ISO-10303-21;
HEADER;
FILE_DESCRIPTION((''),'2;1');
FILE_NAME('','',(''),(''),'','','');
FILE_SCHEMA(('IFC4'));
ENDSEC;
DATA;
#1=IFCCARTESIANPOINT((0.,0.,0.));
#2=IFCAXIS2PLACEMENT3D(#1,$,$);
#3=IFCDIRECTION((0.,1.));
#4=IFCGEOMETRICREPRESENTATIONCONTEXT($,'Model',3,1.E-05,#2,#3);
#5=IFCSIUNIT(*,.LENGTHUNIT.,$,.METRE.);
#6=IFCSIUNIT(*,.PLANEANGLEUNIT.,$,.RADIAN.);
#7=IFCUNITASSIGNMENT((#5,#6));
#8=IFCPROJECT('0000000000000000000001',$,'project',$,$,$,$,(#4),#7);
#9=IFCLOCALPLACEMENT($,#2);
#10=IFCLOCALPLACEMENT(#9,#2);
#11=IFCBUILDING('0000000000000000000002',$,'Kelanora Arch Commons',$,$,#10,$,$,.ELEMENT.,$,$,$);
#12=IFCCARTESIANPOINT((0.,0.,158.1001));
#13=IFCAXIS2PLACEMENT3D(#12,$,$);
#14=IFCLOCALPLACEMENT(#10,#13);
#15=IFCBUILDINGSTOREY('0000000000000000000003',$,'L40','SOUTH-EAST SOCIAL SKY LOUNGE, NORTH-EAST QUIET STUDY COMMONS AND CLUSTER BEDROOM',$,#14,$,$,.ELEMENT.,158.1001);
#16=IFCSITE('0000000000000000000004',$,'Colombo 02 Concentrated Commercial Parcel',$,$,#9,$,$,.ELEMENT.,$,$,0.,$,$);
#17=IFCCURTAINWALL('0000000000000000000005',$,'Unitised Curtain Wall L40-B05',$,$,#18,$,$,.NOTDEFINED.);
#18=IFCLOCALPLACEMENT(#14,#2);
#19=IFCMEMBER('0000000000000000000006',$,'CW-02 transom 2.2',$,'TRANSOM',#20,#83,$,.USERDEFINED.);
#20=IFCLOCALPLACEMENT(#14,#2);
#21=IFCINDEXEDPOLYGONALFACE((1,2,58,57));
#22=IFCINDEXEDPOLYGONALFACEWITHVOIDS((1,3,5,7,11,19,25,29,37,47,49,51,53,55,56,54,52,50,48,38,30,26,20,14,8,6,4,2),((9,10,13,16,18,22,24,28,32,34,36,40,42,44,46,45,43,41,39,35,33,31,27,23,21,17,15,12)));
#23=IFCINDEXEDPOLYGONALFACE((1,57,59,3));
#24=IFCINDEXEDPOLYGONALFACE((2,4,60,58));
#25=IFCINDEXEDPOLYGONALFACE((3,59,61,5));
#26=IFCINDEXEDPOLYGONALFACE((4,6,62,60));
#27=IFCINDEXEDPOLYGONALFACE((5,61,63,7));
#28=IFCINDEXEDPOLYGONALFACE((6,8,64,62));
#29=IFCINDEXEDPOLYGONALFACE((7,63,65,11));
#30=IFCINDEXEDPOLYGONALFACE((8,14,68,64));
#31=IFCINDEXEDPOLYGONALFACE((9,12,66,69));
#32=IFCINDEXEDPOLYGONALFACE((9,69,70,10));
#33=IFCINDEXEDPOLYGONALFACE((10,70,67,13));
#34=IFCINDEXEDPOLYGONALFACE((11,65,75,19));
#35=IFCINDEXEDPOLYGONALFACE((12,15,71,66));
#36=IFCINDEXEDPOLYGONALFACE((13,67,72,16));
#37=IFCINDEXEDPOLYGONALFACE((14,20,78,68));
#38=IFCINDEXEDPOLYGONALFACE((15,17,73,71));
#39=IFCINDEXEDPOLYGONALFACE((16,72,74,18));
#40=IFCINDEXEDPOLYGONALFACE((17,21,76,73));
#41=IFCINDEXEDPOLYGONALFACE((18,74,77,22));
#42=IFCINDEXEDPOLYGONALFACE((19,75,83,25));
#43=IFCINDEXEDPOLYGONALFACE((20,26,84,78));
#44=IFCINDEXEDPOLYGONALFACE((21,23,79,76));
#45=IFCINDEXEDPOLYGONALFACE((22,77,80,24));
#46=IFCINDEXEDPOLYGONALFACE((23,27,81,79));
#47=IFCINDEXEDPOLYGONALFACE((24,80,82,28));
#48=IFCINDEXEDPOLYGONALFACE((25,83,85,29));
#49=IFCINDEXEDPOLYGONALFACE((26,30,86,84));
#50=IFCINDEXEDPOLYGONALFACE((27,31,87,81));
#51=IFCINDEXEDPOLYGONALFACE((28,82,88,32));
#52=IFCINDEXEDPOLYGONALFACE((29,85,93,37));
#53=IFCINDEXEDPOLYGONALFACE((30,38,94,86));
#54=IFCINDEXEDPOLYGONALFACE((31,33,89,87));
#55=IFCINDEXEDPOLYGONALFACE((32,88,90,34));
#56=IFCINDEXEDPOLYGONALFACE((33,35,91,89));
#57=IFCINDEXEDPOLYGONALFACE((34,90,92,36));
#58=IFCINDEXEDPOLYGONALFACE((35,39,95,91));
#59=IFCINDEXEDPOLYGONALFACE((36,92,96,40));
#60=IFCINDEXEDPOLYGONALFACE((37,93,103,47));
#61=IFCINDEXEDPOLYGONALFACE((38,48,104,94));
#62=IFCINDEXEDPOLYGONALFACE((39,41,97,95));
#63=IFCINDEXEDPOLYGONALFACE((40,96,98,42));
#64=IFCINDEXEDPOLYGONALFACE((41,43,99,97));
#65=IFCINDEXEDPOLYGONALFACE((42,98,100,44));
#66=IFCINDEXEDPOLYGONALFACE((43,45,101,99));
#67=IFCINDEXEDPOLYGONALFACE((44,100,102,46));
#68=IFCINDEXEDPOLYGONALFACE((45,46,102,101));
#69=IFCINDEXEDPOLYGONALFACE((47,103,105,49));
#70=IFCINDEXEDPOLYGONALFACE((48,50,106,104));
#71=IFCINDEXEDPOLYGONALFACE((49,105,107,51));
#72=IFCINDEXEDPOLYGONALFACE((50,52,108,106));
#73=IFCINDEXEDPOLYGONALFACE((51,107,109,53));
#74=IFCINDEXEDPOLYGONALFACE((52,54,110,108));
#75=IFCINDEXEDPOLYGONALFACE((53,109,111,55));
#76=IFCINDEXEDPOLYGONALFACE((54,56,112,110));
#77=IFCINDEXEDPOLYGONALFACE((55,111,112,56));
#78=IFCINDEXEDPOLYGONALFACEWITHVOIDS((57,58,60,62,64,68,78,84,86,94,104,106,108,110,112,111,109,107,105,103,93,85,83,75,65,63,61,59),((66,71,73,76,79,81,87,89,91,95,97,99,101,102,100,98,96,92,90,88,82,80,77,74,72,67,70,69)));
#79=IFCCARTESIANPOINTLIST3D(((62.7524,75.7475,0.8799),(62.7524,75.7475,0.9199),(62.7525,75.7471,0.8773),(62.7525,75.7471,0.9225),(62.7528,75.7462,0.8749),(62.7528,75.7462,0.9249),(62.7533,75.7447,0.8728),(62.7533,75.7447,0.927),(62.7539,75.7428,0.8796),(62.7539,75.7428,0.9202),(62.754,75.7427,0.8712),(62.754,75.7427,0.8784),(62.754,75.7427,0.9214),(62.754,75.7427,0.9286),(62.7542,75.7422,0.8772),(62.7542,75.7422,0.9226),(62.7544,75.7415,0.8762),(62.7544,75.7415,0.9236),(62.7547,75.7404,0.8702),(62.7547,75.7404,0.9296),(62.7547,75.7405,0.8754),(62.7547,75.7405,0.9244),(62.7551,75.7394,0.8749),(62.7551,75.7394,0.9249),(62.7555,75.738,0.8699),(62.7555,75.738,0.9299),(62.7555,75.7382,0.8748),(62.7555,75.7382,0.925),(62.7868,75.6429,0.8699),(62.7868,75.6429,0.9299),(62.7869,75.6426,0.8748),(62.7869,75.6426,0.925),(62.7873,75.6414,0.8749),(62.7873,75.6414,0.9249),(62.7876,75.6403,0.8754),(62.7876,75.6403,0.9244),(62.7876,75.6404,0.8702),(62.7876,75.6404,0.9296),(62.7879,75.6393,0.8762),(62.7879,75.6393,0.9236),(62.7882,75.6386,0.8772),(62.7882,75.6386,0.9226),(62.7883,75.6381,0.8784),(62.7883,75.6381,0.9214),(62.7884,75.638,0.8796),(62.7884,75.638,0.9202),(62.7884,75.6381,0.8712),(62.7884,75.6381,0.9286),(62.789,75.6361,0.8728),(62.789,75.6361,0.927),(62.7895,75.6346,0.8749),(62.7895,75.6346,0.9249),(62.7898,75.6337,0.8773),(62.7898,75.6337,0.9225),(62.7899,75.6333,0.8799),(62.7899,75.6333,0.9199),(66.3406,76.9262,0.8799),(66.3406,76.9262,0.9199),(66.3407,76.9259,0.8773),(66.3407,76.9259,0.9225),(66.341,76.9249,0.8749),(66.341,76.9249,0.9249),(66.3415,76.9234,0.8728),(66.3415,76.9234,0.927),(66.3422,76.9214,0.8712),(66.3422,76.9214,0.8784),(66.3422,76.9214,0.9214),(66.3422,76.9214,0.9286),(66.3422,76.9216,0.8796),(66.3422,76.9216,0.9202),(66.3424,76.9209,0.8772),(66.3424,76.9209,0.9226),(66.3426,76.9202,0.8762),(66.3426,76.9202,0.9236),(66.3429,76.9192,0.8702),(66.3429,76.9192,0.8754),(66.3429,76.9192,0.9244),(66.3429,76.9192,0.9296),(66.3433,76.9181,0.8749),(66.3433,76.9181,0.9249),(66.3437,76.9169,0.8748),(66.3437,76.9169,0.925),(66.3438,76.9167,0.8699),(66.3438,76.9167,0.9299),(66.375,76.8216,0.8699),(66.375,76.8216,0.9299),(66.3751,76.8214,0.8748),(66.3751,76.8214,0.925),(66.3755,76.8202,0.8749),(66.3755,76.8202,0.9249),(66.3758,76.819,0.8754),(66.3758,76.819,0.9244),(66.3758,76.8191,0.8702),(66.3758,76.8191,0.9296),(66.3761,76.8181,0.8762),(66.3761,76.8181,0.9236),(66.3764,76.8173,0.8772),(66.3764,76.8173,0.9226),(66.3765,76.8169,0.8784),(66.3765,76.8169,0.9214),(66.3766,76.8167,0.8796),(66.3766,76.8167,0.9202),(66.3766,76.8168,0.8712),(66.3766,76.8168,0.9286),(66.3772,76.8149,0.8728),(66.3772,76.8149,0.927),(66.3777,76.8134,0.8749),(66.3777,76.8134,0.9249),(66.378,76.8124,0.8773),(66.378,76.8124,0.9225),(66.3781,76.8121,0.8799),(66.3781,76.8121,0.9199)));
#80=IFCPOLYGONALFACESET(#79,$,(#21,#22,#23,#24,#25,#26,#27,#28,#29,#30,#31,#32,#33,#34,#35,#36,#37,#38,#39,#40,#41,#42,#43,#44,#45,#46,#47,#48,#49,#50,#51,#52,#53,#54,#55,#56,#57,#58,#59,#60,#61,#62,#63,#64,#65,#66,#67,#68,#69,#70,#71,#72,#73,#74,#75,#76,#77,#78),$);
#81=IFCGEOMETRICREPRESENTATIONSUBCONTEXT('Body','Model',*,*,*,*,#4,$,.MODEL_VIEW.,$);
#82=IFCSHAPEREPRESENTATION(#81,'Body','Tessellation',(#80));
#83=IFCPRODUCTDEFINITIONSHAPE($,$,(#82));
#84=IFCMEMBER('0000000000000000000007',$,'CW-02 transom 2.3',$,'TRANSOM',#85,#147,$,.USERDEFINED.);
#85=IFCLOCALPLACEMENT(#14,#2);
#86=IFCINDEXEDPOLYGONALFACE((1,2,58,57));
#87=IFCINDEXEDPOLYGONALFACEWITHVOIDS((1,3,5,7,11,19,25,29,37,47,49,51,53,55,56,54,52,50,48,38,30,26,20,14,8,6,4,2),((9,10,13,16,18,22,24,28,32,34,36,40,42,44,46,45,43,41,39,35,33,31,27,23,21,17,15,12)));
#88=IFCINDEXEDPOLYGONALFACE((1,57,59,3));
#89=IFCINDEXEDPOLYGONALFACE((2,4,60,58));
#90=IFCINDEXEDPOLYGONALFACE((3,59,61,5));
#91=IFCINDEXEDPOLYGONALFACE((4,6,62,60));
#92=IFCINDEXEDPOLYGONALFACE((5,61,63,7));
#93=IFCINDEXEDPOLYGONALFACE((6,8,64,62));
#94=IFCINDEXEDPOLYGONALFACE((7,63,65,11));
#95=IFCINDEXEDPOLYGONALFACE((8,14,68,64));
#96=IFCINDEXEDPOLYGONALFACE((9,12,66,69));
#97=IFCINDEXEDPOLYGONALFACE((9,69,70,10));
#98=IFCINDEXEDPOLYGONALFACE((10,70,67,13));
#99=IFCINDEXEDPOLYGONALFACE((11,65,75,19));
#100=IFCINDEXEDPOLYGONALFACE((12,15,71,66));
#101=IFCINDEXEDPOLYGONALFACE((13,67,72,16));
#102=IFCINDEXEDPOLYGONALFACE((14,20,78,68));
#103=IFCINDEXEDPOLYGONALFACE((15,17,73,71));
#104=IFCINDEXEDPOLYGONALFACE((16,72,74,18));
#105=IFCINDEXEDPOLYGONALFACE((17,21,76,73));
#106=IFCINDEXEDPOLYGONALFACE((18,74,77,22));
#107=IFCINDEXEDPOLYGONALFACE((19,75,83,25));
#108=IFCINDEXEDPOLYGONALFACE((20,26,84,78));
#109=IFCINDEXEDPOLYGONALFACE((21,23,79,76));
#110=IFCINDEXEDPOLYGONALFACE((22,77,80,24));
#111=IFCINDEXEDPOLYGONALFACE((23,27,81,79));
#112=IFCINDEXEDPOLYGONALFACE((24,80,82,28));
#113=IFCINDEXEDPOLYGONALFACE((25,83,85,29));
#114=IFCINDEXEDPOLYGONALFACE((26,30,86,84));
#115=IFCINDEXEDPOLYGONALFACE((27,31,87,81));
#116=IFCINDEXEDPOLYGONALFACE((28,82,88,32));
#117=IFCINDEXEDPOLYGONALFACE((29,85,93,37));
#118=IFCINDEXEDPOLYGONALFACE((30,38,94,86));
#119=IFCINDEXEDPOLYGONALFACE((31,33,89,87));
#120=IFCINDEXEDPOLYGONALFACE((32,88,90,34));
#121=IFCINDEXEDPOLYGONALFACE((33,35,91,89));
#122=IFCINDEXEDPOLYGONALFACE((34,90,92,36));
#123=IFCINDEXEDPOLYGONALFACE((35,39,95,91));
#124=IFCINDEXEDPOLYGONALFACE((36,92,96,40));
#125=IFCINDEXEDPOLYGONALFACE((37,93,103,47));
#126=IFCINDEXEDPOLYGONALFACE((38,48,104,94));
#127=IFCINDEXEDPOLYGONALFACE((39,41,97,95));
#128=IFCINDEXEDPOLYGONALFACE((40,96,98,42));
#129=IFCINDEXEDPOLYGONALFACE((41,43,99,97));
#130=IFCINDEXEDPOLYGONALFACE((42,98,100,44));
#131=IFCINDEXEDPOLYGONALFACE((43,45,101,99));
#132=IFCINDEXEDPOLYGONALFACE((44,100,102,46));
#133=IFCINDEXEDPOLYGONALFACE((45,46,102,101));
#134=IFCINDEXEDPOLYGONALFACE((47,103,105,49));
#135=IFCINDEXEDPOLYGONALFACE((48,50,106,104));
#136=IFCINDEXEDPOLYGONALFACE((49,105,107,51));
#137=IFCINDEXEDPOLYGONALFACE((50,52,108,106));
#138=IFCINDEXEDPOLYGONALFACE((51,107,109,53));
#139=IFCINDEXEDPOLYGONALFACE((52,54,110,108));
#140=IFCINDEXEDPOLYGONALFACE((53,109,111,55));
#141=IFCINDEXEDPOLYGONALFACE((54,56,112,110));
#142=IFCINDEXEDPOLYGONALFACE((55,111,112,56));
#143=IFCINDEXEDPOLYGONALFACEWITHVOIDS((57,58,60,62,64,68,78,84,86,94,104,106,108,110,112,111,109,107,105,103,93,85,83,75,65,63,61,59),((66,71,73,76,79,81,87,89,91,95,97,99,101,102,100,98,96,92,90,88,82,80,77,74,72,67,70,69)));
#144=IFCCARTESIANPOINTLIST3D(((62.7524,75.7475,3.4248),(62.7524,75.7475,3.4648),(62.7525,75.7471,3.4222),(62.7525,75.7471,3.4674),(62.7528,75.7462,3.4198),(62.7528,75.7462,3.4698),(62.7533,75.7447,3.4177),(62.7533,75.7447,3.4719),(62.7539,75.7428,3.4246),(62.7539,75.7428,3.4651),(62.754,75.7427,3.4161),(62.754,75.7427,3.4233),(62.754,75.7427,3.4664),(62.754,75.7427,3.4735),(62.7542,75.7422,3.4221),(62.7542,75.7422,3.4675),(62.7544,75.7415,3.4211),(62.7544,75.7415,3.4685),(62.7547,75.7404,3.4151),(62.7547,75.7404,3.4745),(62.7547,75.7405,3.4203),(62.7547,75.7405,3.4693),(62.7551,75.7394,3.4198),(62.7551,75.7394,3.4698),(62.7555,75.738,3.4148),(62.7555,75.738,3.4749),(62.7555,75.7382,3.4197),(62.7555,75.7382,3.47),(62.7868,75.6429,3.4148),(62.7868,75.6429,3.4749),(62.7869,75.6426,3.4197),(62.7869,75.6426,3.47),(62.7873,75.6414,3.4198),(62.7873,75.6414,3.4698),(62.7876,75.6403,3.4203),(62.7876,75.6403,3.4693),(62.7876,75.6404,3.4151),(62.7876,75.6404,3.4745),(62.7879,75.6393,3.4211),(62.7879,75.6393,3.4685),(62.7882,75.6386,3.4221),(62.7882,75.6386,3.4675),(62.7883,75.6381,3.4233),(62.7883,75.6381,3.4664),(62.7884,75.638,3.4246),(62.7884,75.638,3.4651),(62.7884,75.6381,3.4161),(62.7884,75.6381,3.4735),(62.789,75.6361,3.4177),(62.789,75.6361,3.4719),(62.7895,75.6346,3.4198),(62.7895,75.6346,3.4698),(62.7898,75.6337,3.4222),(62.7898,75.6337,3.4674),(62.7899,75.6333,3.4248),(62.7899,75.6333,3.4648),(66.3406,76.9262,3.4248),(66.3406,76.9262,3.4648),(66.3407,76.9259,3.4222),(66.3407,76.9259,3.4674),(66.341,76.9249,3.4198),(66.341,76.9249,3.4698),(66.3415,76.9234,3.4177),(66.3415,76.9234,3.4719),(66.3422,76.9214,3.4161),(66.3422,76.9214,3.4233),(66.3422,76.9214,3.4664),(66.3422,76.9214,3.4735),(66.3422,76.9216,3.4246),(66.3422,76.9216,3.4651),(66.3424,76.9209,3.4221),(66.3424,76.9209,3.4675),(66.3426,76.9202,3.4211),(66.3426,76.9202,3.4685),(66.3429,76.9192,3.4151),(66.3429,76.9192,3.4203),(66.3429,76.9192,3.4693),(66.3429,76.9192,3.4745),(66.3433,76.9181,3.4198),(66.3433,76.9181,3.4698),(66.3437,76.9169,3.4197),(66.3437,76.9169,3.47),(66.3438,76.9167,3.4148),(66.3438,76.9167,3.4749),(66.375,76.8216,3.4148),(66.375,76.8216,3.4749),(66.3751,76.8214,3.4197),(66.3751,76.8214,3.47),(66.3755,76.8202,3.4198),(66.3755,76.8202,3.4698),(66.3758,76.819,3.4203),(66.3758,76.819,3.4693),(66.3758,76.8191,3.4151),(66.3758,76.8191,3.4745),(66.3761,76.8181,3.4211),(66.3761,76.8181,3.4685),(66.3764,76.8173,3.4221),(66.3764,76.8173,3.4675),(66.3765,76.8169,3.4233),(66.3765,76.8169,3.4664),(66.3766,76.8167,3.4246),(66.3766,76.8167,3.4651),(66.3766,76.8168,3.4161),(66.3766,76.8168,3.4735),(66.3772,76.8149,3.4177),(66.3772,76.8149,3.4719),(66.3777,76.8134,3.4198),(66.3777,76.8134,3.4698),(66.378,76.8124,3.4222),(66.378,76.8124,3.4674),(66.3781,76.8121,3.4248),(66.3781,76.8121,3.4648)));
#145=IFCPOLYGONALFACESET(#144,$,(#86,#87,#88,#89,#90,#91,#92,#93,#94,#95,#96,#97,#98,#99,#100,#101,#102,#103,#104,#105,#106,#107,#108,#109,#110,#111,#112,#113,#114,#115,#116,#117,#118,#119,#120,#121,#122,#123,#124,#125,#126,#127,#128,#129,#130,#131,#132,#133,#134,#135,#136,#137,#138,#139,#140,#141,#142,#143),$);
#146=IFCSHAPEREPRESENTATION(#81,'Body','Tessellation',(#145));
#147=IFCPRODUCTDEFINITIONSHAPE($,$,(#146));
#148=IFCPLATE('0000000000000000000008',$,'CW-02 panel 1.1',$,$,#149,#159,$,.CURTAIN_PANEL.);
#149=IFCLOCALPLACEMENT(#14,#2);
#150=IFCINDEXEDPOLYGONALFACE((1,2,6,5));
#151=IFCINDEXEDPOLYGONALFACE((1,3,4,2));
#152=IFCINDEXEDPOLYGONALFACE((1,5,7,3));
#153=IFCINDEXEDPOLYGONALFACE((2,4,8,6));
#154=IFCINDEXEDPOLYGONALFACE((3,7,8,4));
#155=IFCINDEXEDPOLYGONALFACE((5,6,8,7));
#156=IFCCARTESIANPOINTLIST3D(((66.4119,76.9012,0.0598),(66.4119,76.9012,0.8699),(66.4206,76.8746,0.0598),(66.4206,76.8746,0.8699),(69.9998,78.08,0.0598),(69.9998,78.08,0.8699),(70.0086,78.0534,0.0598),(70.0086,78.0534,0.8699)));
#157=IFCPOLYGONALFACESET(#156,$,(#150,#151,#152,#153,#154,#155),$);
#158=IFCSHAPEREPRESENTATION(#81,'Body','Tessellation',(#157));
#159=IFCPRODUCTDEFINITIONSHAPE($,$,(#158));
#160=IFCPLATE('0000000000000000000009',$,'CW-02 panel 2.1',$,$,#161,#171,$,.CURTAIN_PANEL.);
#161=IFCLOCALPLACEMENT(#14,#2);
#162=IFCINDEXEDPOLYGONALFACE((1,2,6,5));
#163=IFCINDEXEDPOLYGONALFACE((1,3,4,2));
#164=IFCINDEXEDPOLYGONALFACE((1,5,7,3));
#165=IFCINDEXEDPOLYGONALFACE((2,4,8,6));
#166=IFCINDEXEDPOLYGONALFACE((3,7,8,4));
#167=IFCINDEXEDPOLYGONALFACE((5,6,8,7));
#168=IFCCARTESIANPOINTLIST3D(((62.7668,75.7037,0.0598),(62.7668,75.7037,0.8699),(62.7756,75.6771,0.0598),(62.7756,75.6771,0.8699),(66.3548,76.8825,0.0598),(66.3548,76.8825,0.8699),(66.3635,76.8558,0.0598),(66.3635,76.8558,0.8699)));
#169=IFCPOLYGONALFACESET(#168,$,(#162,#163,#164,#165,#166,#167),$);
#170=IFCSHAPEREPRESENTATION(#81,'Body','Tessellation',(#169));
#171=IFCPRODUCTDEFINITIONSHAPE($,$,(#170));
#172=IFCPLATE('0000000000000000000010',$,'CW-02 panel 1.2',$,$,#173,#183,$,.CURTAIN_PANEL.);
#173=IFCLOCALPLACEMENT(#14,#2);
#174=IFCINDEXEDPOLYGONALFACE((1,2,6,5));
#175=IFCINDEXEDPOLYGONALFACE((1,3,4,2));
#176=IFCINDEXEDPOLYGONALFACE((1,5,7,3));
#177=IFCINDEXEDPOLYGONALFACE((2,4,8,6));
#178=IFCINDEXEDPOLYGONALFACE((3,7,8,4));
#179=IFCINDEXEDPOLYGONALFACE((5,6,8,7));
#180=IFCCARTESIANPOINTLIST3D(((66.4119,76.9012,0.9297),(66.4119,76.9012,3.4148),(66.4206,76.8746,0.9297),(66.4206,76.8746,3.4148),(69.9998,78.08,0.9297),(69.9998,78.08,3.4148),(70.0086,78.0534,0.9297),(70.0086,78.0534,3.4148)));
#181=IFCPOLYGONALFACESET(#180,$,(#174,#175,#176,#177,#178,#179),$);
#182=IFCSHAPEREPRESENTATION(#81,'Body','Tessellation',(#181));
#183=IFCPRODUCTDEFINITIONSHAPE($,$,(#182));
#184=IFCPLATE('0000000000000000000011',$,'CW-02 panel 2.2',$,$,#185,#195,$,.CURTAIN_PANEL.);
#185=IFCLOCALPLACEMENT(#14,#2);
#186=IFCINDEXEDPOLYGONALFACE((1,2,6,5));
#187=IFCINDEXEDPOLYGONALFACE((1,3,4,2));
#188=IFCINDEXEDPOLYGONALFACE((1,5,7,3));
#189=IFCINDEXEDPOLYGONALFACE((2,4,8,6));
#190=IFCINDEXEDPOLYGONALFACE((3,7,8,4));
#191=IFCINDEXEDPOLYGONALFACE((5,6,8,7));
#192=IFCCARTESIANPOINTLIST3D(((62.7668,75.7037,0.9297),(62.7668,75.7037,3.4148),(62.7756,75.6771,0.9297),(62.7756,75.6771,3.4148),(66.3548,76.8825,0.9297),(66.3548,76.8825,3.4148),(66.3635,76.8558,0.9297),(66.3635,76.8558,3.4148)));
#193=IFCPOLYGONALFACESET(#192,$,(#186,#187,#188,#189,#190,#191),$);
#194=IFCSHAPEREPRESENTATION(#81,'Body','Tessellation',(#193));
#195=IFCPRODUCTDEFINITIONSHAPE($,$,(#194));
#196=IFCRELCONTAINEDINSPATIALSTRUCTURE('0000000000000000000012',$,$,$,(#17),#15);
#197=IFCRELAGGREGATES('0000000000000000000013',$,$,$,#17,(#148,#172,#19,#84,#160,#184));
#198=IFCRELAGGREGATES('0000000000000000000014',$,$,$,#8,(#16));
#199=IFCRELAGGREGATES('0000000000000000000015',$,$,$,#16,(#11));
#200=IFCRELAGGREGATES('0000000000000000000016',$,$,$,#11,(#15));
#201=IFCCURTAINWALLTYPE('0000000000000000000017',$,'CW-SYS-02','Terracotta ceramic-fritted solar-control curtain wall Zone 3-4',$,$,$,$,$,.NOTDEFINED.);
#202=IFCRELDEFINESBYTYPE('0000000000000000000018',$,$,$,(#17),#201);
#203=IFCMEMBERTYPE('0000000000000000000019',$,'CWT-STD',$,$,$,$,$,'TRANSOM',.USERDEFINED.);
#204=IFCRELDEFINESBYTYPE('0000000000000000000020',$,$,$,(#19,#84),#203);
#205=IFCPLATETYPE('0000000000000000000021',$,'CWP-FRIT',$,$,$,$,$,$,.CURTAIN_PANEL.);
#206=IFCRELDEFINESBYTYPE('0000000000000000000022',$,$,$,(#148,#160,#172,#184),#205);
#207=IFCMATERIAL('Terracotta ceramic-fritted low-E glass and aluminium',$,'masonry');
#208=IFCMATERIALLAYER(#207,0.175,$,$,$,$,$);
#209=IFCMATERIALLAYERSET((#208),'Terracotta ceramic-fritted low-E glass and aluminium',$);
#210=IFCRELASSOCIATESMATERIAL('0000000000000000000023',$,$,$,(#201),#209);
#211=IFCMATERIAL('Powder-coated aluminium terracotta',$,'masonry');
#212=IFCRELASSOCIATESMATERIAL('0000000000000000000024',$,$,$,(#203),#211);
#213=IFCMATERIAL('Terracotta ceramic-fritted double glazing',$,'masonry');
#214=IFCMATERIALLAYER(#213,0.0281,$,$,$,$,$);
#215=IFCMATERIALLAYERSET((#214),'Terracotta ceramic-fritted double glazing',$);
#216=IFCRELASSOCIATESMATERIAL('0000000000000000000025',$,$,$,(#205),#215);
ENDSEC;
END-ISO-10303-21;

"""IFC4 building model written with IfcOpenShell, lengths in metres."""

from ifc_helpers import new_model, si_unit, direction, frame, origin, origin_2d, place, context, subcontext, project, spatial, rectangle, hollow_rectangle, extrude, source, transform, mapped, material, layer, layer_set, material_profile, profile_set, type_object, element, aggregate, save


model = new_model("IFC4")

# Units and contexts
model_context = context("Model", 3, precision=1e-05, world=origin(), true_north=direction((0.0, 1.0)))
body_context = subcontext(model_context, "Body", "Model", "MODEL_VIEW")
ifc_project = project(units=[si_unit("LENGTHUNIT", "METRE"), si_unit("PLANEANGLEUNIT", "RADIAN")], contexts=[model_context])

# Site, building, storey
site_placement = place(None, origin())
site = spatial("IfcSite", under=ifc_project, at=site_placement, Name="Colombo 02 Concentrated Commercial Parcel", CompositionType="ELEMENT", RefElevation=0.0)
building_placement = place(site_placement, origin())
building = spatial("IfcBuilding", under=site, at=building_placement, Name="Kelanora Arch Commons", CompositionType="ELEMENT")
storey_placement = place(building_placement, frame((0.0, 0.0, 158.1001)))
storey = spatial("IfcBuildingStorey", under=building, at=storey_placement, Name="L40", Description="SOUTH-EAST SOCIAL SKY LOUNGE, NORTH-EAST QUIET STUDY COMMONS AND CLUSTER BEDROOM", CompositionType="ELEMENT", Elevation=158.1001)

# Curtain wall, members, plates
ifc_material_1 = material(Name="Terracotta ceramic-fritted low-E glass and aluminium", Category="masonry")
ifc_layer_1 = layer(ifc_material_1, 0.175)
ifc_layer_set_1 = layer_set([ifc_layer_1], Name="Terracotta ceramic-fritted low-E glass and aluminium")
curtain_wall_type = type_object("IfcCurtainWallType", Name="CW-SYS-02", Description="Terracotta ceramic-fritted solar-control curtain wall Zone 3-4", PredefinedType="NOTDEFINED", material=ifc_layer_set_1)
curtain_wall_placement = place(storey_placement, origin())
curtain_wall = element("IfcCurtainWall", 1, at=curtain_wall_placement, inside=storey, type_object=curtain_wall_type, Name="Unitised Curtain Wall L40-B05", PredefinedType="NOTDEFINED")
ifc_material_2 = material(Name="Powder-coated aluminium terracotta", Category="masonry")
ifc_material_profile_1 = material_profile(ifc_material_2, hollow_rectangle(XDim=0.1201, YDim=0.0601, WallThickness=0.0049, InnerFilletRadius=0.0049, OuterFilletRadius=0.01, at=origin_2d()), Name="CWT120x60")
ifc_profile_set_1 = profile_set([ifc_material_profile_1], Name="Powder-coated aluminium terracotta")
member_type_1 = type_object("IfcMemberType", Name="CWT-STD", ElementType="TRANSOM", PredefinedType="USERDEFINED", material=ifc_profile_set_1)
member_1_placement = place(storey_placement, frame((66.3594, 76.8691, 0.8999), z_axis=(-0.950051, -0.312094, 0.0), x_axis=(0.312094, -0.950051, 0.0)))
member_1 = element("IfcMember", 2, at=member_1_placement, type_object=member_type_1, Name="CW-02 transom 2.2", ObjectType="TRANSOM", PredefinedType="USERDEFINED", context=body_context, shape_type="SweptSolid", body=[
    extrude(hollow_rectangle(XDim=0.1201, YDim=0.0601, WallThickness=0.0049, InnerFilletRadius=0.0049, OuterFilletRadius=0.01, at=origin_2d()), origin(), (0.0, 0.0, 1.0), 3.7769),
])
member_2_placement = place(storey_placement, frame((66.3594, 76.8691, 3.4448), z_axis=(-0.950051, -0.312094, 0.0), x_axis=(0.312094, -0.950051, 0.0)))
member_2 = element("IfcMember", 3, at=member_2_placement, type_object=member_type_1, Name="CW-02 transom 2.3", ObjectType="TRANSOM", PredefinedType="USERDEFINED", context=body_context, shape_type="SweptSolid", body=[
    extrude(hollow_rectangle(XDim=0.1201, YDim=0.0601, WallThickness=0.0049, InnerFilletRadius=0.0049, OuterFilletRadius=0.01, at=origin_2d()), origin(), (0.0, 0.0, 1.0), 3.7769),
])
ifc_material_3 = material(Name="Terracotta ceramic-fritted double glazing", Category="masonry")
ifc_layer_2 = layer(ifc_material_3, 0.0281)
ifc_layer_set_2 = layer_set([ifc_layer_2], Name="Terracotta ceramic-fritted double glazing")
plate_type = type_object("IfcPlateType", Name="CWP-FRIT", PredefinedType="CURTAIN_PANEL", material=ifc_layer_set_2)
shared_shape_1 = source(origin(), body_context, "Body", "SweptSolid", [
    extrude(rectangle(XDim=3.7766, YDim=0.0281, at=origin_2d()), origin(), (0.0, 0.0, 1.0), 0.8101),
])
plate_1_placement = place(storey_placement, frame((68.2102, 77.4773, 0.0598), z_axis=(0.0, 0.0, 1.0), x_axis=(-0.95004, -0.312128, 0.0)))
plate_1 = element("IfcPlate", 4, at=plate_1_placement, type_object=plate_type, Name="CW-02 panel 1.1", PredefinedType="CURTAIN_PANEL", context=body_context, shape_type="MappedRepresentation", body=[
    mapped(shared_shape_1, transform((0.0, 0.0, 0.0), scale=1.0)),
])
plate_2_placement = place(storey_placement, frame((64.5652, 76.2798, 0.0598), z_axis=(0.0, 0.0, 1.0), x_axis=(-0.95004, -0.312128, 0.0)))
plate_2 = element("IfcPlate", 5, at=plate_2_placement, type_object=plate_type, Name="CW-02 panel 2.1", PredefinedType="CURTAIN_PANEL", context=body_context, shape_type="MappedRepresentation", body=[
    mapped(shared_shape_1, transform((0.0, 0.0, 0.0), scale=1.0)),
])
shared_shape_2 = source(origin(), body_context, "Body", "SweptSolid", [
    extrude(rectangle(XDim=3.7766, YDim=0.0281, at=origin_2d()), origin(), (0.0, 0.0, 1.0), 2.4851),
])
plate_3_placement = place(storey_placement, frame((68.2102, 77.4773, 0.9297), z_axis=(0.0, 0.0, 1.0), x_axis=(-0.95004, -0.312128, 0.0)))
plate_3 = element("IfcPlate", 6, at=plate_3_placement, type_object=plate_type, Name="CW-02 panel 1.2", PredefinedType="CURTAIN_PANEL", context=body_context, shape_type="MappedRepresentation", body=[
    mapped(shared_shape_2, transform((0.0, 0.0, 0.0), scale=1.0)),
])
plate_4_placement = place(storey_placement, frame((64.5652, 76.2798, 0.9297), z_axis=(0.0, 0.0, 1.0), x_axis=(-0.95004, -0.312128, 0.0)))
plate_4 = element("IfcPlate", 7, at=plate_4_placement, type_object=plate_type, Name="CW-02 panel 2.2", PredefinedType="CURTAIN_PANEL", context=body_context, shape_type="MappedRepresentation", body=[
    mapped(shared_shape_2, transform((0.0, 0.0, 0.0), scale=1.0)),
])
aggregate(curtain_wall, [plate_1, plate_3, member_1, member_2, plate_2, plate_4])

save(model, "model.ifc")
